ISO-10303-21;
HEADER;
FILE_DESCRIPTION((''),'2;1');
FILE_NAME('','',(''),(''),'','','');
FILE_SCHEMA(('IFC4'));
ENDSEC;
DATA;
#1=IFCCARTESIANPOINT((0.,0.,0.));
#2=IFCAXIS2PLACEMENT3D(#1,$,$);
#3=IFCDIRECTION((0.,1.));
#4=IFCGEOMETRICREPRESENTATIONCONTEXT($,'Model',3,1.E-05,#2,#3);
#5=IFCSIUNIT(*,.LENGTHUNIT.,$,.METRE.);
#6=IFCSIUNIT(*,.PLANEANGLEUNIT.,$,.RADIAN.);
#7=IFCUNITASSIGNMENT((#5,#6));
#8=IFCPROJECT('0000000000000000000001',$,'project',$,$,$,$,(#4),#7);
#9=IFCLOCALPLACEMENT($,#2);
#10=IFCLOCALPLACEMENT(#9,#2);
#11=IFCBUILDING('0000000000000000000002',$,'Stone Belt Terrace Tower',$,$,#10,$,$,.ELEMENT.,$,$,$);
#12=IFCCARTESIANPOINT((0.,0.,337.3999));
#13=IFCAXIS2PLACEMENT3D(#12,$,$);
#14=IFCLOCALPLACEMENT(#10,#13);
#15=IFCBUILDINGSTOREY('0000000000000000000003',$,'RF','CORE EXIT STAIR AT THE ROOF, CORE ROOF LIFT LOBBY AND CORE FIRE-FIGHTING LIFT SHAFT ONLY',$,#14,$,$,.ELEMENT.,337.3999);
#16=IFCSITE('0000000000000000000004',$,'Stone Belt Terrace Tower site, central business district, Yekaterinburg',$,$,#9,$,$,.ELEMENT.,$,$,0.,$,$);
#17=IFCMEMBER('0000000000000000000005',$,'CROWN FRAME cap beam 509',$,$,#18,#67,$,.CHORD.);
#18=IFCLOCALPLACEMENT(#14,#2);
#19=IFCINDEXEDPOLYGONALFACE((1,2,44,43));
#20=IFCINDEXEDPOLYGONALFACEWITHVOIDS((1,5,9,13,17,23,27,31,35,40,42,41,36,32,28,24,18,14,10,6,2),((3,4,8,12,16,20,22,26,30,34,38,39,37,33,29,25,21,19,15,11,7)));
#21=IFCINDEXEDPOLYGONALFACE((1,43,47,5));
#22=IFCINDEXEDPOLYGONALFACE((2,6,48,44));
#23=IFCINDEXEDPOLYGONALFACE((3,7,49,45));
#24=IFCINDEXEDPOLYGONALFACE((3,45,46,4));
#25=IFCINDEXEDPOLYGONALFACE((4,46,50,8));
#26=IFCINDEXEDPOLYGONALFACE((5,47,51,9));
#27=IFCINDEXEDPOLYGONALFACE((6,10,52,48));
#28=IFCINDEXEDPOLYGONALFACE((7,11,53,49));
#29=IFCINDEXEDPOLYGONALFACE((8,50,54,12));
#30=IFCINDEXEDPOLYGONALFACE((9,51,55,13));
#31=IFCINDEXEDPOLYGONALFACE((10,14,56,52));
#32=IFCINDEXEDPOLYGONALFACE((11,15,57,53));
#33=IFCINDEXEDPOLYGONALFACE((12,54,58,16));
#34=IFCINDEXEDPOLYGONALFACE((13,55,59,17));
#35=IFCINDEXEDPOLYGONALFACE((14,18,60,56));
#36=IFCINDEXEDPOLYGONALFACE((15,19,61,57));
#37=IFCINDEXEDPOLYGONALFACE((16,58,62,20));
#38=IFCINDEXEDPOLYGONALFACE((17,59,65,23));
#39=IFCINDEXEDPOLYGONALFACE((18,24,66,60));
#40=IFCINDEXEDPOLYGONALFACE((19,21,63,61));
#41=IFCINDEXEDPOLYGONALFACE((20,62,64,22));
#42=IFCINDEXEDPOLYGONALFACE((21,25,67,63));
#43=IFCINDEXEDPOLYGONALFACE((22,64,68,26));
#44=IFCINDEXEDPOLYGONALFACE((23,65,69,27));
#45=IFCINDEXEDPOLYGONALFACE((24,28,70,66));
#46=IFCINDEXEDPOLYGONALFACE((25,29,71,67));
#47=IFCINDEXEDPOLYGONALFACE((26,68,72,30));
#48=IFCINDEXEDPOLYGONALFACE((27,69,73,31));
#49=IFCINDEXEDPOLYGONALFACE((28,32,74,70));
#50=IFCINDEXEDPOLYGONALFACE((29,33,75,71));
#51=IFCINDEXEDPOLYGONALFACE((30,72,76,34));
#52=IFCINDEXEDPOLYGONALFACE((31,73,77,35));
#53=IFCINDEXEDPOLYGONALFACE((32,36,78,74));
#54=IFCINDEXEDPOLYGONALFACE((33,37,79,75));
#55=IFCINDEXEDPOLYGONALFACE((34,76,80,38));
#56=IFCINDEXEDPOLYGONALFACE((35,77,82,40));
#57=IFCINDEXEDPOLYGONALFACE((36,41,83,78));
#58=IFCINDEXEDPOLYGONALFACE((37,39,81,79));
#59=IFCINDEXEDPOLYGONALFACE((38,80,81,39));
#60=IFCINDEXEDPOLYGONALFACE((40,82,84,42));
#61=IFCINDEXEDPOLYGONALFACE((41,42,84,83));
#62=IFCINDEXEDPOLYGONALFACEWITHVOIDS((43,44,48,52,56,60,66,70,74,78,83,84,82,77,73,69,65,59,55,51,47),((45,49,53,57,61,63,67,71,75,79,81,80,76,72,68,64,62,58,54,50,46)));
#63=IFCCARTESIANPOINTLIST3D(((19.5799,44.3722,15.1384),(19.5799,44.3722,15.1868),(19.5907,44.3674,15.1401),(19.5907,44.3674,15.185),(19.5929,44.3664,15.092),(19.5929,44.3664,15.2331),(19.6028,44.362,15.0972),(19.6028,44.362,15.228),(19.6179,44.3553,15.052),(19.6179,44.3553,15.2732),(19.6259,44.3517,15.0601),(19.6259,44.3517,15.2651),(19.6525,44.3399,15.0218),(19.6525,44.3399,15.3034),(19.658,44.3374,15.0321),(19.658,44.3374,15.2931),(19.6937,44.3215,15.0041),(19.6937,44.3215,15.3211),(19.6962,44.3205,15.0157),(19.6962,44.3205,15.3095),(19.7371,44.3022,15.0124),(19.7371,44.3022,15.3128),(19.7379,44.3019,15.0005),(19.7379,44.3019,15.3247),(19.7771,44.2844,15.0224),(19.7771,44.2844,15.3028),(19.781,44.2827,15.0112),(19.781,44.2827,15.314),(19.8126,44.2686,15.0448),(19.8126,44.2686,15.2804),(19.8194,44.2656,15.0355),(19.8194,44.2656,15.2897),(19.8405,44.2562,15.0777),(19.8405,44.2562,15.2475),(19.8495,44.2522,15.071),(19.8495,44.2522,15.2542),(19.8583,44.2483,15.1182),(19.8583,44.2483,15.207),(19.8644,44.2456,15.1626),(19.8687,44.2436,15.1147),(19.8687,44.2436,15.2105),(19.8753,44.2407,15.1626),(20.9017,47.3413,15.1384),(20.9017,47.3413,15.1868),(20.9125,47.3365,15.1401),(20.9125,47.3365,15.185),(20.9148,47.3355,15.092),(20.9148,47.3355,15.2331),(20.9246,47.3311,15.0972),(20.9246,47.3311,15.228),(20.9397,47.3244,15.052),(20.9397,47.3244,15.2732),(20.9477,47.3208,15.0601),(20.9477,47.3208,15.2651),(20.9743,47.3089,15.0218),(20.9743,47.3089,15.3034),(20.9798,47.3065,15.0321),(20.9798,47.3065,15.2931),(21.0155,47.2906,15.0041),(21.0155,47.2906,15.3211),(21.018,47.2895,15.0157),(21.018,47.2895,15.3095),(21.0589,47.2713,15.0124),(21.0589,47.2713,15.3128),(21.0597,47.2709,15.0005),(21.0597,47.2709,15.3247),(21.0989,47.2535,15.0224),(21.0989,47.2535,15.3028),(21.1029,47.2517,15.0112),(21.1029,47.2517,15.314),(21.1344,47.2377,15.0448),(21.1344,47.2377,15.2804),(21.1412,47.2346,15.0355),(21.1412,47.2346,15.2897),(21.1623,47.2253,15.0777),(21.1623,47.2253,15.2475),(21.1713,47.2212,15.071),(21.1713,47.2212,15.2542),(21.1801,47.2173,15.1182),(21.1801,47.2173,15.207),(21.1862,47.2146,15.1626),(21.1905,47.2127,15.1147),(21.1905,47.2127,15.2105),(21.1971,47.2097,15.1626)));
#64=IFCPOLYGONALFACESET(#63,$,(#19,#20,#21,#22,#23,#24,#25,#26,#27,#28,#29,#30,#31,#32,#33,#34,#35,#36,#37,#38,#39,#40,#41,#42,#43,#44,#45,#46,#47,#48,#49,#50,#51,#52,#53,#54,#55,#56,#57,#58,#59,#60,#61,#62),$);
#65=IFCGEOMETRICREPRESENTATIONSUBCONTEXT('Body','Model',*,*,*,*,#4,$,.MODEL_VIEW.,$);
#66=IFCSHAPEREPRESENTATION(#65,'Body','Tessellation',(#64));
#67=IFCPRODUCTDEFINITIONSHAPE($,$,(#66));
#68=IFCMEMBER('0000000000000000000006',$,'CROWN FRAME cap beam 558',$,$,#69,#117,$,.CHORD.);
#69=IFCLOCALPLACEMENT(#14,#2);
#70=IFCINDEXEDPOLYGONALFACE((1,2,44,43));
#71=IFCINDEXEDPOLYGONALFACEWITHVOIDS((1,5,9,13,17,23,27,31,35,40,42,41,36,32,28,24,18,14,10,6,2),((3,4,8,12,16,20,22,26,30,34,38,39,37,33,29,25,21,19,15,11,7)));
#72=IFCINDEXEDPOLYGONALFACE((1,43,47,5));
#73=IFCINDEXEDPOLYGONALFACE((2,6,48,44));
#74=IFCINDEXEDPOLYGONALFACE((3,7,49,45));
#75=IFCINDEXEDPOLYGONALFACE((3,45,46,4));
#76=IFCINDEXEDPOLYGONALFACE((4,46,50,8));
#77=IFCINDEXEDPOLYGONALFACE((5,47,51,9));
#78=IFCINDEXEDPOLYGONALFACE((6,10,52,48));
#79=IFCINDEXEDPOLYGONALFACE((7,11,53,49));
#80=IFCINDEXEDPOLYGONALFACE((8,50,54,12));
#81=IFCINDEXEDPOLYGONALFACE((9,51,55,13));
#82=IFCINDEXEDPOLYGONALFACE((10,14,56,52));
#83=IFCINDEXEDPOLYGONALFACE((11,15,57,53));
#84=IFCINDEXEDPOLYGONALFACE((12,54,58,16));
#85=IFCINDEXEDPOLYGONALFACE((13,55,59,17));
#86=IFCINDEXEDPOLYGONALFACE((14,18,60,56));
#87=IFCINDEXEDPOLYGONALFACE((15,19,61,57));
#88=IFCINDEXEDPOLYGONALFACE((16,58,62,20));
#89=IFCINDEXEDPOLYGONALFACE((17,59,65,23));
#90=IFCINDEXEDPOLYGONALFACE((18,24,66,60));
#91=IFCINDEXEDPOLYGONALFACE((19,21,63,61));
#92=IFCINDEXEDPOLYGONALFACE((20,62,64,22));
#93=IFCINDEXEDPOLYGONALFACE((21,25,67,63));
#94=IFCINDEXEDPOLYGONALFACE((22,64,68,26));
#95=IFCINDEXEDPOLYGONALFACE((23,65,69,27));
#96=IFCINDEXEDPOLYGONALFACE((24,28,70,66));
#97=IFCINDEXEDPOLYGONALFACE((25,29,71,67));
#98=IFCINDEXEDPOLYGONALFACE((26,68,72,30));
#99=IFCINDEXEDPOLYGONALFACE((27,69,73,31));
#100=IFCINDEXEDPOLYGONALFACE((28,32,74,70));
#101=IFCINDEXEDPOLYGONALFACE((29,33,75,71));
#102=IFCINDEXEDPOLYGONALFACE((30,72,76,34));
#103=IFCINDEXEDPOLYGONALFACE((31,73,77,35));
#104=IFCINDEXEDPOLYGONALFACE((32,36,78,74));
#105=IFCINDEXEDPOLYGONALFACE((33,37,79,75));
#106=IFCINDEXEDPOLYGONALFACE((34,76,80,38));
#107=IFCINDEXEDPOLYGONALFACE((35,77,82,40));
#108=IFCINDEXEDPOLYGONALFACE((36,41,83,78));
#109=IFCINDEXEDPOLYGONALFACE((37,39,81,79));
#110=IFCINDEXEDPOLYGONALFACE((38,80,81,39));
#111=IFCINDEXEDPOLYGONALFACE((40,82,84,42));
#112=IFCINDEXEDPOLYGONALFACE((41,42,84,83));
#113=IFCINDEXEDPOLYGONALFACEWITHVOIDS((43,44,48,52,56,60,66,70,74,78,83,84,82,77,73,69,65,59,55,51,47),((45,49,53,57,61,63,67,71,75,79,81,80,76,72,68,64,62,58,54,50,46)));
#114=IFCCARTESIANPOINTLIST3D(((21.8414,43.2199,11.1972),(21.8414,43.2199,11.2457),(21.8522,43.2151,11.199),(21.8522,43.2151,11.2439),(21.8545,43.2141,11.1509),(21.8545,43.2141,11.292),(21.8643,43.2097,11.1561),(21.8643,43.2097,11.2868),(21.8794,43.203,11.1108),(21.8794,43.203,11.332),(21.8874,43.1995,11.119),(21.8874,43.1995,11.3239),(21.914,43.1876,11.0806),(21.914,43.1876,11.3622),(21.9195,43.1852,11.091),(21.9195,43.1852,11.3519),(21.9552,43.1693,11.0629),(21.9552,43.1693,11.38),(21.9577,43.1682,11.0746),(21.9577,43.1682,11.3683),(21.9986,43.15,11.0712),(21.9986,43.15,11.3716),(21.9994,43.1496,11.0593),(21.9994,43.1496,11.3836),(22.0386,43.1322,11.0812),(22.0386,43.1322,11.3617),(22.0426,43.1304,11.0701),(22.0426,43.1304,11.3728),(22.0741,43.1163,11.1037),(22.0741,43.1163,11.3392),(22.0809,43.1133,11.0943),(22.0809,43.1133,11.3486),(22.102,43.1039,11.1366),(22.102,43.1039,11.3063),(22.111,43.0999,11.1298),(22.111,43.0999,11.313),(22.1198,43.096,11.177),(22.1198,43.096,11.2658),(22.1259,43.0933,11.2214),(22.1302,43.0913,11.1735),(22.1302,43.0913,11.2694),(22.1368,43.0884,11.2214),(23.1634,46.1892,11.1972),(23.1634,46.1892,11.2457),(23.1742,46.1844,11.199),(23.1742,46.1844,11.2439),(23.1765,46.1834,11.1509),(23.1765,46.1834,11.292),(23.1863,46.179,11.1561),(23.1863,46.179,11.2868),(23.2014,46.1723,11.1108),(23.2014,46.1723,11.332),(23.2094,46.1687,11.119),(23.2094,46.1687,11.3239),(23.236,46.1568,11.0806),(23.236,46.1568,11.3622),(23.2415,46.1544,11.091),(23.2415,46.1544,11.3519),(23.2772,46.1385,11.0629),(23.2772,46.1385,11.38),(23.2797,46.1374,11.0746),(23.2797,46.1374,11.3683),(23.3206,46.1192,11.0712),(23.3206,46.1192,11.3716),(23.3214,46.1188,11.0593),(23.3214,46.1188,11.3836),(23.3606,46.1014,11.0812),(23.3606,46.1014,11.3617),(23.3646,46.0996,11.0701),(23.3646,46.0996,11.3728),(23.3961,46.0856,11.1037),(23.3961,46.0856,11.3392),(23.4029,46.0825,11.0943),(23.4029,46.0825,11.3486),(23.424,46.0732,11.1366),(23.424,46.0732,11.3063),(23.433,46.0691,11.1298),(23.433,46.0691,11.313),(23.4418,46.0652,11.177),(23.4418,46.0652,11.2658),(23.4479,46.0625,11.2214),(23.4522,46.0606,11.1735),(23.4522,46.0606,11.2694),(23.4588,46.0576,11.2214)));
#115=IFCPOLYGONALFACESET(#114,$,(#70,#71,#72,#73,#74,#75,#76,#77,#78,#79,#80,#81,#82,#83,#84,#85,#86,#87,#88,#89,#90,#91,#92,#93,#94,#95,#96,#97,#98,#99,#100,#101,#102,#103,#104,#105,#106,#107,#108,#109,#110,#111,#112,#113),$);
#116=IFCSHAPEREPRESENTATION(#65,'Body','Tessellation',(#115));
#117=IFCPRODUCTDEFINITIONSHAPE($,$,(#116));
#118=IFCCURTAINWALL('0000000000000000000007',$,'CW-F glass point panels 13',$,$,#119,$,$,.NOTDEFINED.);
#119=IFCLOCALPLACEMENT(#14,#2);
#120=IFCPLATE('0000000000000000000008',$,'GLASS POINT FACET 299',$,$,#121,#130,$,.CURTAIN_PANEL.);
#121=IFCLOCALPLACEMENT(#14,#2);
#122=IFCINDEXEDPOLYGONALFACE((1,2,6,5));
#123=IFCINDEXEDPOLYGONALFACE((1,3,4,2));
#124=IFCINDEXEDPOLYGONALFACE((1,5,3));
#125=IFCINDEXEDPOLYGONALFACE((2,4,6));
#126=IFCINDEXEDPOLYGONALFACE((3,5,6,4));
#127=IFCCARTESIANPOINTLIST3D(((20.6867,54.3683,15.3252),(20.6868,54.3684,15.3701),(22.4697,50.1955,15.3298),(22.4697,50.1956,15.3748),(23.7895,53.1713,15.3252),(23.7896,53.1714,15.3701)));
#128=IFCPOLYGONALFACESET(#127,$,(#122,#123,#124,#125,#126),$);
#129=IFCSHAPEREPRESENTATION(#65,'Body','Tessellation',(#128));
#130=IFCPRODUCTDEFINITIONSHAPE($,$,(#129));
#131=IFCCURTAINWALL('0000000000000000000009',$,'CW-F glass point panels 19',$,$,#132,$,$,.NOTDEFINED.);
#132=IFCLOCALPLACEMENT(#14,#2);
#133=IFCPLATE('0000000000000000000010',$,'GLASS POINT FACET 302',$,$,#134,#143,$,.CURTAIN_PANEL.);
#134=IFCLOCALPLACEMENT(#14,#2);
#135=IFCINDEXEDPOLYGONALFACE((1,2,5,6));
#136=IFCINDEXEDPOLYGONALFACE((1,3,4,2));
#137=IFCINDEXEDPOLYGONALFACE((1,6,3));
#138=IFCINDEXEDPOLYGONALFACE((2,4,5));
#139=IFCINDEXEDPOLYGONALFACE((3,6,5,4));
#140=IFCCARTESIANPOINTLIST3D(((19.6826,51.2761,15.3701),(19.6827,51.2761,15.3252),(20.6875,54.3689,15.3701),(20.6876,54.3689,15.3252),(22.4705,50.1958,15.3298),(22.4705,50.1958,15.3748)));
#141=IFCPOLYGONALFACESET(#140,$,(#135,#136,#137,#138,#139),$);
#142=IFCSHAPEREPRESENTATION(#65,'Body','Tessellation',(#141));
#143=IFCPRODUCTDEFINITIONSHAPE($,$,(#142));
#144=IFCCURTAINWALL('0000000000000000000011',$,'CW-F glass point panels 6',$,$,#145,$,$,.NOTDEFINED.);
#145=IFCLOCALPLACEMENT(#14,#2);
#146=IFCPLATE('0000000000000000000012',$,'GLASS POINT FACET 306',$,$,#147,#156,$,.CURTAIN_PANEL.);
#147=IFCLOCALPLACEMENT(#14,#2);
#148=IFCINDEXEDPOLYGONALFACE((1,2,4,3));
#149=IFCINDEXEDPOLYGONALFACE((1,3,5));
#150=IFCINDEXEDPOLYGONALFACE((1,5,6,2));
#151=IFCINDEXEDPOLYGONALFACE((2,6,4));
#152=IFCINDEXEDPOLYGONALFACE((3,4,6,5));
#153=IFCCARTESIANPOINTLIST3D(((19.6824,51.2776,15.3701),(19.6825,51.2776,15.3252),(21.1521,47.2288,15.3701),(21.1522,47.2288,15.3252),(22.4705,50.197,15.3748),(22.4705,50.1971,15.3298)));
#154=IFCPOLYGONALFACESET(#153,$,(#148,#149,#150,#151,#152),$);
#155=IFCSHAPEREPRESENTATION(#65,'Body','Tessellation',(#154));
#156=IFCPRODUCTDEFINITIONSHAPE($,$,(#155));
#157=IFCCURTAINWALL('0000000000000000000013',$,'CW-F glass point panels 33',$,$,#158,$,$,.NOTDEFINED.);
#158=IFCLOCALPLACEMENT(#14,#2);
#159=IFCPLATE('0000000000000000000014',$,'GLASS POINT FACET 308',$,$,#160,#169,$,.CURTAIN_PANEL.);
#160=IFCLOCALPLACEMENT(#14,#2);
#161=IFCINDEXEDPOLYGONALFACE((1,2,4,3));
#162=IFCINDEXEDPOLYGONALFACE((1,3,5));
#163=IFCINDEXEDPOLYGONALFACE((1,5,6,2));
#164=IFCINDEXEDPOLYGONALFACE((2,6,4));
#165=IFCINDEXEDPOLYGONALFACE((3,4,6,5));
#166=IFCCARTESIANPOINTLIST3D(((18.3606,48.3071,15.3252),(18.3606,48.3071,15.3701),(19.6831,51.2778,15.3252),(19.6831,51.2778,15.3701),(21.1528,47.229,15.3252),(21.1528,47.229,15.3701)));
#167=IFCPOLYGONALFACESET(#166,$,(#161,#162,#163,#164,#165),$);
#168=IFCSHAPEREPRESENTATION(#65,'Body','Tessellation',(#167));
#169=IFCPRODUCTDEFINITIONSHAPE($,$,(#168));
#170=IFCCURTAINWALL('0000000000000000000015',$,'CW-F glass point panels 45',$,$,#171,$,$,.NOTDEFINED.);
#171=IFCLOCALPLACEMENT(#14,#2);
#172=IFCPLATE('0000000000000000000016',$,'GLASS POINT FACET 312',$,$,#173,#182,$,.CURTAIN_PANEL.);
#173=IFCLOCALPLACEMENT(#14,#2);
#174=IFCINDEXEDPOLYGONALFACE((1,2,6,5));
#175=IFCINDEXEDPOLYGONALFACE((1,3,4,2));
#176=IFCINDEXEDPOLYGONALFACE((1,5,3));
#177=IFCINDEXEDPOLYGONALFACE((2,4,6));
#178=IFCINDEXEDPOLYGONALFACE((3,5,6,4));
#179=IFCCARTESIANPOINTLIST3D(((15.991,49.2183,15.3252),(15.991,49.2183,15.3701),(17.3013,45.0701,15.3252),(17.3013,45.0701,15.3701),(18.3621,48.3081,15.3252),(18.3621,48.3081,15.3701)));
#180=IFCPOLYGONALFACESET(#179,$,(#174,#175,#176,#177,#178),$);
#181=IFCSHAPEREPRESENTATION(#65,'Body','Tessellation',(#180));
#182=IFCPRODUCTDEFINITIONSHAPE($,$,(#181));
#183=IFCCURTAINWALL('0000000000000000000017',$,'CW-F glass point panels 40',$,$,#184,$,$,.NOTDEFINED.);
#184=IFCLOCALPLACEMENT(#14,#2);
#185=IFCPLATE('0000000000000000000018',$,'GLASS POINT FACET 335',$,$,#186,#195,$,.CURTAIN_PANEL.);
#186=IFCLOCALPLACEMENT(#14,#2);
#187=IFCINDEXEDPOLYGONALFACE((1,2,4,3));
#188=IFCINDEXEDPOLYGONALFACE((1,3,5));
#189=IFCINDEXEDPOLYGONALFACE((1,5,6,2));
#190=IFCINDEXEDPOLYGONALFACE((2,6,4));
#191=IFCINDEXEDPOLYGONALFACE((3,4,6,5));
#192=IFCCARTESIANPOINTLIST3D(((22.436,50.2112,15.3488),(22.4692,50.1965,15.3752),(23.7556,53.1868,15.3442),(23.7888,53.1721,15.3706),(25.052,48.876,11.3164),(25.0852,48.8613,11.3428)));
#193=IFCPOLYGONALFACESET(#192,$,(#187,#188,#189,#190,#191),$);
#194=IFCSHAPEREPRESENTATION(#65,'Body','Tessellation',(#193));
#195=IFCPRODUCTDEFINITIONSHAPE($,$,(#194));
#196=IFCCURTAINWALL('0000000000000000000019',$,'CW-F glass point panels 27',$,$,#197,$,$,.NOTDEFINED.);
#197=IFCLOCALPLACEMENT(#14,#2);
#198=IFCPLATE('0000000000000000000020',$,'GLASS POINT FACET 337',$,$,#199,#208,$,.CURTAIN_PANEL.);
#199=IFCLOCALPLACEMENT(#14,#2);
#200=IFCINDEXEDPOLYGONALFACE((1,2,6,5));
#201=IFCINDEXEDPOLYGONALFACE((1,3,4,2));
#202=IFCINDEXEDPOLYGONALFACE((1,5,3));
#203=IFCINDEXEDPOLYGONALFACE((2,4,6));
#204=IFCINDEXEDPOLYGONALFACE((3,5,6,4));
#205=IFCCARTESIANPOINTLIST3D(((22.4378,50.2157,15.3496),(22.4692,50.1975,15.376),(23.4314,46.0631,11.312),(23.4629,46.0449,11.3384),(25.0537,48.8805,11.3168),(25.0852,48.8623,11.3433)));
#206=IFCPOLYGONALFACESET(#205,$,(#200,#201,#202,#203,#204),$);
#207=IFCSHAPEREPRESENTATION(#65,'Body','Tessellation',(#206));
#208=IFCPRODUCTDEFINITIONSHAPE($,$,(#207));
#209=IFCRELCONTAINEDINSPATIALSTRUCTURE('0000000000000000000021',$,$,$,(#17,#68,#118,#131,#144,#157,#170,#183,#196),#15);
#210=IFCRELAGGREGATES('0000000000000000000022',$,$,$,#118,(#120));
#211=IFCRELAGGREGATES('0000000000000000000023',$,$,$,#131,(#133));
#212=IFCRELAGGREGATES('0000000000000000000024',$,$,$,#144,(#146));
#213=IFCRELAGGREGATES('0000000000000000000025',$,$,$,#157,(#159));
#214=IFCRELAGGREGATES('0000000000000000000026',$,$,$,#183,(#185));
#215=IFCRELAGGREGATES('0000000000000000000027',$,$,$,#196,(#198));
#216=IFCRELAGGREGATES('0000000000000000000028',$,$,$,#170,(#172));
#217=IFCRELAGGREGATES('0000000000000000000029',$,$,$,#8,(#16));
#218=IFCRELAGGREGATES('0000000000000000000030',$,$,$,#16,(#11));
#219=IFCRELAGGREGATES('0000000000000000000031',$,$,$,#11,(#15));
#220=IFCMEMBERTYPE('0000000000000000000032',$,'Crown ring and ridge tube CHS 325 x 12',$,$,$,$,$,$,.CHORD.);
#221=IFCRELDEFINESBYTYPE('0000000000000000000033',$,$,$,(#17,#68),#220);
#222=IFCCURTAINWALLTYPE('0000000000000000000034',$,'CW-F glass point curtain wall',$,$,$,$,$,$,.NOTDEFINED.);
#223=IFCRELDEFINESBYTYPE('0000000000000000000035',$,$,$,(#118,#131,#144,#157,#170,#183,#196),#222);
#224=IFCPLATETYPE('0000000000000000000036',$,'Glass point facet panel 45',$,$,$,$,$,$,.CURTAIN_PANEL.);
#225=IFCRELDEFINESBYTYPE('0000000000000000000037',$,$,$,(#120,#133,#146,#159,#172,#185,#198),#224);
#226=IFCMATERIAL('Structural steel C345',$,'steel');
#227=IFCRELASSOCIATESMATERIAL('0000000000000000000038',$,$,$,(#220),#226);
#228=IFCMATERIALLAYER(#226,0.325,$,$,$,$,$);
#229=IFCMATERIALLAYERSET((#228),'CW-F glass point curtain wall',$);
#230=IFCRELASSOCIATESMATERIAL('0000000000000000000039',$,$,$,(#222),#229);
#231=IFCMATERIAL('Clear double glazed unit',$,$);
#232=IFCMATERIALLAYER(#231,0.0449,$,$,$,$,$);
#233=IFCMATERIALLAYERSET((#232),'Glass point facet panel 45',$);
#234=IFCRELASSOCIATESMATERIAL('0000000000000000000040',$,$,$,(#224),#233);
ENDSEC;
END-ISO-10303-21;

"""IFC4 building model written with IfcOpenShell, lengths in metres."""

from ifc_helpers import new_model, si_unit, direction, frame, origin, origin_2d, place, context, subcontext, project, spatial, polyline, hollow_circle, outline, extrude, material, layer, layer_set, material_profile, profile_set, type_object, element, aggregate, save


model = new_model("IFC4")

# Units and contexts
model_context = context("Model", 3, precision=1e-05, world=origin(), true_north=direction((0.0, 1.0)))
body_context = subcontext(model_context, "Body", "Model", "MODEL_VIEW")
ifc_project = project(units=[si_unit("LENGTHUNIT", "METRE"), si_unit("PLANEANGLEUNIT", "RADIAN")], contexts=[model_context])

# Site, building, storey
site_placement = place(None, origin())
site = spatial("IfcSite", under=ifc_project, at=site_placement, Name="Stone Belt Terrace Tower site, central business district, Yekaterinburg", CompositionType="ELEMENT", RefElevation=0.0)
building_placement = place(site_placement, origin())
building = spatial("IfcBuilding", under=site, at=building_placement, Name="Stone Belt Terrace Tower", CompositionType="ELEMENT")
storey_placement = place(building_placement, frame((0.0, 0.0, 337.3999)))
storey = spatial("IfcBuildingStorey", under=building, at=storey_placement, Name="RF", Description="CORE EXIT STAIR AT THE ROOF, CORE ROOF LIFT LOBBY AND CORE FIRE-FIGHTING LIFT SHAFT ONLY", CompositionType="ELEMENT", Elevation=337.3999)

# Members
ifc_material_1 = material(Name="Structural steel C345", Category="steel")
ifc_material_profile_1 = material_profile(ifc_material_1, hollow_circle(Radius=0.1626, WallThickness=0.012, at=origin_2d()), Name="Structural steel C345 CHS 325x12")
ifc_profile_set_1 = profile_set([ifc_material_profile_1], Name="Structural steel C345")
member_type_1 = type_object("IfcMemberType", Name="Crown ring and ridge tube CHS 325 x 12", PredefinedType="CHORD", material=ifc_profile_set_1)
member_1_placement = place(storey_placement, frame((21.0486, 47.2759, 15.1626), z_axis=(-0.40671, -0.913557, 0.0), x_axis=(0.913557, -0.40671, 0.0)))
element("IfcMember", 1, at=member_1_placement, inside=storey, type_object=member_type_1, Name="CROWN FRAME cap beam 509", PredefinedType="CHORD", context=body_context, shape_type="SweptSolid", body=[
    extrude(hollow_circle(Radius=0.1626, WallThickness=0.012, at=origin_2d()), origin(), (0.0, 0.0, 1.0), 3.25),
])
member_2_placement = place(storey_placement, frame((23.3103, 46.1238, 11.2214), z_axis=(-0.406745, -0.913542, 0.0), x_axis=(0.913542, -0.406745, 0.0)))
element("IfcMember", 2, at=member_2_placement, inside=storey, type_object=member_type_1, Name="CROWN FRAME cap beam 558", PredefinedType="CHORD", context=body_context, shape_type="SweptSolid", body=[
    extrude(hollow_circle(Radius=0.1626, WallThickness=0.012, at=origin_2d()), origin(), (0.0, 0.0, 1.0), 3.2502),
])

# Curtain walls, plates
ifc_layer_1 = layer(ifc_material_1, 0.325)
ifc_layer_set_1 = layer_set([ifc_layer_1], Name="CW-F glass point curtain wall")
curtain_wall_type = type_object("IfcCurtainWallType", Name="CW-F glass point curtain wall", PredefinedType="NOTDEFINED", material=ifc_layer_set_1)
curtain_wall_1_placement = place(storey_placement, origin())
curtain_wall_1 = element("IfcCurtainWall", 3, at=curtain_wall_1_placement, inside=storey, type_object=curtain_wall_type, Name="CW-F glass point panels 13", PredefinedType="NOTDEFINED")
ifc_material_2 = material(Name="Clear double glazed unit")
ifc_layer_2 = layer(ifc_material_2, 0.0449)
ifc_layer_set_2 = layer_set([ifc_layer_2], Name="Glass point facet panel 45")
plate_type = type_object("IfcPlateType", Name="Glass point facet panel 45", PredefinedType="CURTAIN_PANEL", material=ifc_layer_set_2)
plate_1_placement = place(storey_placement, frame((22.4697, 50.1956, 15.3748), z_axis=(0.000513, 0.001331, 0.999999), x_axis=(-0.392912, 0.919575, -0.001022)))
plate_1 = element("IfcPlate", 4, at=plate_1_placement, type_object=plate_type, Name="GLASS POINT FACET 299", PredefinedType="CURTAIN_PANEL", context=body_context, shape_type="SweptSolid", body=[
    extrude(outline(polyline([(0.0, 0.0), (4.5378, 0.0), (2.2179, -2.3829), (0.0, 0.0)])), origin(), (0.0, 0.0, -1.0), 0.0449),
])
aggregate(curtain_wall_1, [plate_1])
curtain_wall_2_placement = place(storey_placement, origin())
curtain_wall_2 = element("IfcCurtainWall", 5, at=curtain_wall_2_placement, inside=storey, type_object=curtain_wall_type, Name="CW-F glass point panels 19", PredefinedType="NOTDEFINED")
plate_2_placement = place(storey_placement, frame((22.4705, 50.1958, 15.3748), z_axis=(-0.001478, 0.00048, 0.999999), x_axis=(-0.932437, 0.36133, -0.001551)))
plate_2 = element("IfcPlate", 6, at=plate_2_placement, type_object=plate_type, Name="GLASS POINT FACET 302", PredefinedType="CURTAIN_PANEL", context=body_context, shape_type="SweptSolid", body=[
    extrude(outline(polyline([(0.0, 0.0), (2.9898, 0.0), (3.1704, -3.2469), (0.0, 0.0)])), origin(), (0.0, 0.0, -1.0), 0.0449),
])
aggregate(curtain_wall_2, [plate_2])
curtain_wall_3_placement = place(storey_placement, origin())
curtain_wall_3 = element("IfcCurtainWall", 7, at=curtain_wall_3_placement, inside=storey, type_object=curtain_wall_type, Name="CW-F glass point panels 6", PredefinedType="NOTDEFINED")
plate_3_placement = place(storey_placement, frame((22.4705, 50.197, 15.3748), z_axis=(-0.001936, -0.000703, 0.999998), x_axis=(-0.405915, -0.91391, -0.001428)))
plate_3 = element("IfcPlate", 8, at=plate_3_placement, type_object=plate_type, Name="GLASS POINT FACET 306", PredefinedType="CURTAIN_PANEL", context=body_context, shape_type="SweptSolid", body=[
    extrude(outline(polyline([(0.0, 0.0), (3.2479, 0.0), (0.1442, -2.9867), (0.0, 0.0)])), origin(), (0.0, 0.0, -1.0), 0.0449),
])
aggregate(curtain_wall_3, [plate_3])
curtain_wall_4_placement = place(storey_placement, origin())
curtain_wall_4 = element("IfcCurtainWall", 9, at=curtain_wall_4_placement, inside=storey, type_object=curtain_wall_type, Name="CW-F glass point panels 33", PredefinedType="NOTDEFINED")
plate_4_placement = place(storey_placement, frame((19.6831, 51.2778, 15.3701), z_axis=(0.0, 0.0, 1.0), x_axis=(0.341215, -0.939985, 0.0)))
plate_4 = element("IfcPlate", 10, at=plate_4_placement, type_object=plate_type, Name="GLASS POINT FACET 308", PredefinedType="CURTAIN_PANEL", context=body_context, shape_type="SweptSolid", body=[
    extrude(outline(polyline([(0.0, 0.0), (4.3073, 0.0), (2.3412, -2.2568), (0.0, 0.0)])), origin(), (0.0, 0.0, -1.0), 0.0449),
])
aggregate(curtain_wall_4, [plate_4])
curtain_wall_5_placement = place(storey_placement, origin())
curtain_wall_5 = element("IfcCurtainWall", 11, at=curtain_wall_5_placement, inside=storey, type_object=curtain_wall_type, Name="CW-F glass point panels 45", PredefinedType="NOTDEFINED")
plate_5_placement = place(storey_placement, frame((18.3621, 48.3081, 15.3701), z_axis=(0.0, 0.0, 1.0), x_axis=(-0.311323, -0.950304, 0.0)))
plate_5 = element("IfcPlate", 12, at=plate_5_placement, type_object=plate_type, Name="GLASS POINT FACET 312", PredefinedType="CURTAIN_PANEL", context=body_context, shape_type="SweptSolid", body=[
    extrude(outline(polyline([(0.0, 0.0), (3.4074, 0.0), (-0.1268, -2.5366), (0.0, 0.0)])), origin(), (0.0, 0.0, -1.0), 0.0449),
])
curtain_wall_6_placement = place(storey_placement, origin())
curtain_wall_6 = element("IfcCurtainWall", 13, at=curtain_wall_6_placement, inside=storey, type_object=curtain_wall_type, Name="CW-F glass point panels 40", PredefinedType="NOTDEFINED")
plate_6_placement = place(storey_placement, frame((22.4692, 50.1965, 15.3752), z_axis=(0.739659, -0.327099, 0.588142), x_axis=(0.405393, 0.914141, -0.001425)))
plate_6 = element("IfcPlate", 14, at=plate_6_placement, type_object=plate_type, Name="GLASS POINT FACET 335", PredefinedType="CURTAIN_PANEL", context=body_context, shape_type="SweptSolid", body=[
    extrude(outline(polyline([(0.0, 0.0), (3.2551, 0.0), (-0.1543, -4.9863), (0.0, 0.0)])), origin(), (0.0, 0.0, -1.0), 0.0449),
])
aggregate(curtain_wall_6, [plate_6])
curtain_wall_7_placement = place(storey_placement, origin())
curtain_wall_7 = element("IfcCurtainWall", 15, at=curtain_wall_7_placement, inside=storey, type_object=curtain_wall_type, Name="CW-F glass point panels 27", PredefinedType="NOTDEFINED")
plate_7_placement = place(storey_placement, frame((22.4692, 50.1975, 15.376), z_axis=(0.700389, -0.40432, 0.588201), x_axis=(0.52436, -0.267637, -0.808342)))
plate_7 = element("IfcPlate", 16, at=plate_7_placement, type_object=plate_type, Name="GLASS POINT FACET 337", PredefinedType="CURTAIN_PANEL", context=body_context, shape_type="SweptSolid", body=[
    extrude(outline(polyline([(0.0, 0.0), (4.9889, 0.0), (4.8962, -3.2498), (0.0, 0.0)])), origin(), (0.0, 0.0, -1.0), 0.0449),
])
aggregate(curtain_wall_7, [plate_7])

aggregate(curtain_wall_5, [plate_5])

save(model, "model.ifc")
